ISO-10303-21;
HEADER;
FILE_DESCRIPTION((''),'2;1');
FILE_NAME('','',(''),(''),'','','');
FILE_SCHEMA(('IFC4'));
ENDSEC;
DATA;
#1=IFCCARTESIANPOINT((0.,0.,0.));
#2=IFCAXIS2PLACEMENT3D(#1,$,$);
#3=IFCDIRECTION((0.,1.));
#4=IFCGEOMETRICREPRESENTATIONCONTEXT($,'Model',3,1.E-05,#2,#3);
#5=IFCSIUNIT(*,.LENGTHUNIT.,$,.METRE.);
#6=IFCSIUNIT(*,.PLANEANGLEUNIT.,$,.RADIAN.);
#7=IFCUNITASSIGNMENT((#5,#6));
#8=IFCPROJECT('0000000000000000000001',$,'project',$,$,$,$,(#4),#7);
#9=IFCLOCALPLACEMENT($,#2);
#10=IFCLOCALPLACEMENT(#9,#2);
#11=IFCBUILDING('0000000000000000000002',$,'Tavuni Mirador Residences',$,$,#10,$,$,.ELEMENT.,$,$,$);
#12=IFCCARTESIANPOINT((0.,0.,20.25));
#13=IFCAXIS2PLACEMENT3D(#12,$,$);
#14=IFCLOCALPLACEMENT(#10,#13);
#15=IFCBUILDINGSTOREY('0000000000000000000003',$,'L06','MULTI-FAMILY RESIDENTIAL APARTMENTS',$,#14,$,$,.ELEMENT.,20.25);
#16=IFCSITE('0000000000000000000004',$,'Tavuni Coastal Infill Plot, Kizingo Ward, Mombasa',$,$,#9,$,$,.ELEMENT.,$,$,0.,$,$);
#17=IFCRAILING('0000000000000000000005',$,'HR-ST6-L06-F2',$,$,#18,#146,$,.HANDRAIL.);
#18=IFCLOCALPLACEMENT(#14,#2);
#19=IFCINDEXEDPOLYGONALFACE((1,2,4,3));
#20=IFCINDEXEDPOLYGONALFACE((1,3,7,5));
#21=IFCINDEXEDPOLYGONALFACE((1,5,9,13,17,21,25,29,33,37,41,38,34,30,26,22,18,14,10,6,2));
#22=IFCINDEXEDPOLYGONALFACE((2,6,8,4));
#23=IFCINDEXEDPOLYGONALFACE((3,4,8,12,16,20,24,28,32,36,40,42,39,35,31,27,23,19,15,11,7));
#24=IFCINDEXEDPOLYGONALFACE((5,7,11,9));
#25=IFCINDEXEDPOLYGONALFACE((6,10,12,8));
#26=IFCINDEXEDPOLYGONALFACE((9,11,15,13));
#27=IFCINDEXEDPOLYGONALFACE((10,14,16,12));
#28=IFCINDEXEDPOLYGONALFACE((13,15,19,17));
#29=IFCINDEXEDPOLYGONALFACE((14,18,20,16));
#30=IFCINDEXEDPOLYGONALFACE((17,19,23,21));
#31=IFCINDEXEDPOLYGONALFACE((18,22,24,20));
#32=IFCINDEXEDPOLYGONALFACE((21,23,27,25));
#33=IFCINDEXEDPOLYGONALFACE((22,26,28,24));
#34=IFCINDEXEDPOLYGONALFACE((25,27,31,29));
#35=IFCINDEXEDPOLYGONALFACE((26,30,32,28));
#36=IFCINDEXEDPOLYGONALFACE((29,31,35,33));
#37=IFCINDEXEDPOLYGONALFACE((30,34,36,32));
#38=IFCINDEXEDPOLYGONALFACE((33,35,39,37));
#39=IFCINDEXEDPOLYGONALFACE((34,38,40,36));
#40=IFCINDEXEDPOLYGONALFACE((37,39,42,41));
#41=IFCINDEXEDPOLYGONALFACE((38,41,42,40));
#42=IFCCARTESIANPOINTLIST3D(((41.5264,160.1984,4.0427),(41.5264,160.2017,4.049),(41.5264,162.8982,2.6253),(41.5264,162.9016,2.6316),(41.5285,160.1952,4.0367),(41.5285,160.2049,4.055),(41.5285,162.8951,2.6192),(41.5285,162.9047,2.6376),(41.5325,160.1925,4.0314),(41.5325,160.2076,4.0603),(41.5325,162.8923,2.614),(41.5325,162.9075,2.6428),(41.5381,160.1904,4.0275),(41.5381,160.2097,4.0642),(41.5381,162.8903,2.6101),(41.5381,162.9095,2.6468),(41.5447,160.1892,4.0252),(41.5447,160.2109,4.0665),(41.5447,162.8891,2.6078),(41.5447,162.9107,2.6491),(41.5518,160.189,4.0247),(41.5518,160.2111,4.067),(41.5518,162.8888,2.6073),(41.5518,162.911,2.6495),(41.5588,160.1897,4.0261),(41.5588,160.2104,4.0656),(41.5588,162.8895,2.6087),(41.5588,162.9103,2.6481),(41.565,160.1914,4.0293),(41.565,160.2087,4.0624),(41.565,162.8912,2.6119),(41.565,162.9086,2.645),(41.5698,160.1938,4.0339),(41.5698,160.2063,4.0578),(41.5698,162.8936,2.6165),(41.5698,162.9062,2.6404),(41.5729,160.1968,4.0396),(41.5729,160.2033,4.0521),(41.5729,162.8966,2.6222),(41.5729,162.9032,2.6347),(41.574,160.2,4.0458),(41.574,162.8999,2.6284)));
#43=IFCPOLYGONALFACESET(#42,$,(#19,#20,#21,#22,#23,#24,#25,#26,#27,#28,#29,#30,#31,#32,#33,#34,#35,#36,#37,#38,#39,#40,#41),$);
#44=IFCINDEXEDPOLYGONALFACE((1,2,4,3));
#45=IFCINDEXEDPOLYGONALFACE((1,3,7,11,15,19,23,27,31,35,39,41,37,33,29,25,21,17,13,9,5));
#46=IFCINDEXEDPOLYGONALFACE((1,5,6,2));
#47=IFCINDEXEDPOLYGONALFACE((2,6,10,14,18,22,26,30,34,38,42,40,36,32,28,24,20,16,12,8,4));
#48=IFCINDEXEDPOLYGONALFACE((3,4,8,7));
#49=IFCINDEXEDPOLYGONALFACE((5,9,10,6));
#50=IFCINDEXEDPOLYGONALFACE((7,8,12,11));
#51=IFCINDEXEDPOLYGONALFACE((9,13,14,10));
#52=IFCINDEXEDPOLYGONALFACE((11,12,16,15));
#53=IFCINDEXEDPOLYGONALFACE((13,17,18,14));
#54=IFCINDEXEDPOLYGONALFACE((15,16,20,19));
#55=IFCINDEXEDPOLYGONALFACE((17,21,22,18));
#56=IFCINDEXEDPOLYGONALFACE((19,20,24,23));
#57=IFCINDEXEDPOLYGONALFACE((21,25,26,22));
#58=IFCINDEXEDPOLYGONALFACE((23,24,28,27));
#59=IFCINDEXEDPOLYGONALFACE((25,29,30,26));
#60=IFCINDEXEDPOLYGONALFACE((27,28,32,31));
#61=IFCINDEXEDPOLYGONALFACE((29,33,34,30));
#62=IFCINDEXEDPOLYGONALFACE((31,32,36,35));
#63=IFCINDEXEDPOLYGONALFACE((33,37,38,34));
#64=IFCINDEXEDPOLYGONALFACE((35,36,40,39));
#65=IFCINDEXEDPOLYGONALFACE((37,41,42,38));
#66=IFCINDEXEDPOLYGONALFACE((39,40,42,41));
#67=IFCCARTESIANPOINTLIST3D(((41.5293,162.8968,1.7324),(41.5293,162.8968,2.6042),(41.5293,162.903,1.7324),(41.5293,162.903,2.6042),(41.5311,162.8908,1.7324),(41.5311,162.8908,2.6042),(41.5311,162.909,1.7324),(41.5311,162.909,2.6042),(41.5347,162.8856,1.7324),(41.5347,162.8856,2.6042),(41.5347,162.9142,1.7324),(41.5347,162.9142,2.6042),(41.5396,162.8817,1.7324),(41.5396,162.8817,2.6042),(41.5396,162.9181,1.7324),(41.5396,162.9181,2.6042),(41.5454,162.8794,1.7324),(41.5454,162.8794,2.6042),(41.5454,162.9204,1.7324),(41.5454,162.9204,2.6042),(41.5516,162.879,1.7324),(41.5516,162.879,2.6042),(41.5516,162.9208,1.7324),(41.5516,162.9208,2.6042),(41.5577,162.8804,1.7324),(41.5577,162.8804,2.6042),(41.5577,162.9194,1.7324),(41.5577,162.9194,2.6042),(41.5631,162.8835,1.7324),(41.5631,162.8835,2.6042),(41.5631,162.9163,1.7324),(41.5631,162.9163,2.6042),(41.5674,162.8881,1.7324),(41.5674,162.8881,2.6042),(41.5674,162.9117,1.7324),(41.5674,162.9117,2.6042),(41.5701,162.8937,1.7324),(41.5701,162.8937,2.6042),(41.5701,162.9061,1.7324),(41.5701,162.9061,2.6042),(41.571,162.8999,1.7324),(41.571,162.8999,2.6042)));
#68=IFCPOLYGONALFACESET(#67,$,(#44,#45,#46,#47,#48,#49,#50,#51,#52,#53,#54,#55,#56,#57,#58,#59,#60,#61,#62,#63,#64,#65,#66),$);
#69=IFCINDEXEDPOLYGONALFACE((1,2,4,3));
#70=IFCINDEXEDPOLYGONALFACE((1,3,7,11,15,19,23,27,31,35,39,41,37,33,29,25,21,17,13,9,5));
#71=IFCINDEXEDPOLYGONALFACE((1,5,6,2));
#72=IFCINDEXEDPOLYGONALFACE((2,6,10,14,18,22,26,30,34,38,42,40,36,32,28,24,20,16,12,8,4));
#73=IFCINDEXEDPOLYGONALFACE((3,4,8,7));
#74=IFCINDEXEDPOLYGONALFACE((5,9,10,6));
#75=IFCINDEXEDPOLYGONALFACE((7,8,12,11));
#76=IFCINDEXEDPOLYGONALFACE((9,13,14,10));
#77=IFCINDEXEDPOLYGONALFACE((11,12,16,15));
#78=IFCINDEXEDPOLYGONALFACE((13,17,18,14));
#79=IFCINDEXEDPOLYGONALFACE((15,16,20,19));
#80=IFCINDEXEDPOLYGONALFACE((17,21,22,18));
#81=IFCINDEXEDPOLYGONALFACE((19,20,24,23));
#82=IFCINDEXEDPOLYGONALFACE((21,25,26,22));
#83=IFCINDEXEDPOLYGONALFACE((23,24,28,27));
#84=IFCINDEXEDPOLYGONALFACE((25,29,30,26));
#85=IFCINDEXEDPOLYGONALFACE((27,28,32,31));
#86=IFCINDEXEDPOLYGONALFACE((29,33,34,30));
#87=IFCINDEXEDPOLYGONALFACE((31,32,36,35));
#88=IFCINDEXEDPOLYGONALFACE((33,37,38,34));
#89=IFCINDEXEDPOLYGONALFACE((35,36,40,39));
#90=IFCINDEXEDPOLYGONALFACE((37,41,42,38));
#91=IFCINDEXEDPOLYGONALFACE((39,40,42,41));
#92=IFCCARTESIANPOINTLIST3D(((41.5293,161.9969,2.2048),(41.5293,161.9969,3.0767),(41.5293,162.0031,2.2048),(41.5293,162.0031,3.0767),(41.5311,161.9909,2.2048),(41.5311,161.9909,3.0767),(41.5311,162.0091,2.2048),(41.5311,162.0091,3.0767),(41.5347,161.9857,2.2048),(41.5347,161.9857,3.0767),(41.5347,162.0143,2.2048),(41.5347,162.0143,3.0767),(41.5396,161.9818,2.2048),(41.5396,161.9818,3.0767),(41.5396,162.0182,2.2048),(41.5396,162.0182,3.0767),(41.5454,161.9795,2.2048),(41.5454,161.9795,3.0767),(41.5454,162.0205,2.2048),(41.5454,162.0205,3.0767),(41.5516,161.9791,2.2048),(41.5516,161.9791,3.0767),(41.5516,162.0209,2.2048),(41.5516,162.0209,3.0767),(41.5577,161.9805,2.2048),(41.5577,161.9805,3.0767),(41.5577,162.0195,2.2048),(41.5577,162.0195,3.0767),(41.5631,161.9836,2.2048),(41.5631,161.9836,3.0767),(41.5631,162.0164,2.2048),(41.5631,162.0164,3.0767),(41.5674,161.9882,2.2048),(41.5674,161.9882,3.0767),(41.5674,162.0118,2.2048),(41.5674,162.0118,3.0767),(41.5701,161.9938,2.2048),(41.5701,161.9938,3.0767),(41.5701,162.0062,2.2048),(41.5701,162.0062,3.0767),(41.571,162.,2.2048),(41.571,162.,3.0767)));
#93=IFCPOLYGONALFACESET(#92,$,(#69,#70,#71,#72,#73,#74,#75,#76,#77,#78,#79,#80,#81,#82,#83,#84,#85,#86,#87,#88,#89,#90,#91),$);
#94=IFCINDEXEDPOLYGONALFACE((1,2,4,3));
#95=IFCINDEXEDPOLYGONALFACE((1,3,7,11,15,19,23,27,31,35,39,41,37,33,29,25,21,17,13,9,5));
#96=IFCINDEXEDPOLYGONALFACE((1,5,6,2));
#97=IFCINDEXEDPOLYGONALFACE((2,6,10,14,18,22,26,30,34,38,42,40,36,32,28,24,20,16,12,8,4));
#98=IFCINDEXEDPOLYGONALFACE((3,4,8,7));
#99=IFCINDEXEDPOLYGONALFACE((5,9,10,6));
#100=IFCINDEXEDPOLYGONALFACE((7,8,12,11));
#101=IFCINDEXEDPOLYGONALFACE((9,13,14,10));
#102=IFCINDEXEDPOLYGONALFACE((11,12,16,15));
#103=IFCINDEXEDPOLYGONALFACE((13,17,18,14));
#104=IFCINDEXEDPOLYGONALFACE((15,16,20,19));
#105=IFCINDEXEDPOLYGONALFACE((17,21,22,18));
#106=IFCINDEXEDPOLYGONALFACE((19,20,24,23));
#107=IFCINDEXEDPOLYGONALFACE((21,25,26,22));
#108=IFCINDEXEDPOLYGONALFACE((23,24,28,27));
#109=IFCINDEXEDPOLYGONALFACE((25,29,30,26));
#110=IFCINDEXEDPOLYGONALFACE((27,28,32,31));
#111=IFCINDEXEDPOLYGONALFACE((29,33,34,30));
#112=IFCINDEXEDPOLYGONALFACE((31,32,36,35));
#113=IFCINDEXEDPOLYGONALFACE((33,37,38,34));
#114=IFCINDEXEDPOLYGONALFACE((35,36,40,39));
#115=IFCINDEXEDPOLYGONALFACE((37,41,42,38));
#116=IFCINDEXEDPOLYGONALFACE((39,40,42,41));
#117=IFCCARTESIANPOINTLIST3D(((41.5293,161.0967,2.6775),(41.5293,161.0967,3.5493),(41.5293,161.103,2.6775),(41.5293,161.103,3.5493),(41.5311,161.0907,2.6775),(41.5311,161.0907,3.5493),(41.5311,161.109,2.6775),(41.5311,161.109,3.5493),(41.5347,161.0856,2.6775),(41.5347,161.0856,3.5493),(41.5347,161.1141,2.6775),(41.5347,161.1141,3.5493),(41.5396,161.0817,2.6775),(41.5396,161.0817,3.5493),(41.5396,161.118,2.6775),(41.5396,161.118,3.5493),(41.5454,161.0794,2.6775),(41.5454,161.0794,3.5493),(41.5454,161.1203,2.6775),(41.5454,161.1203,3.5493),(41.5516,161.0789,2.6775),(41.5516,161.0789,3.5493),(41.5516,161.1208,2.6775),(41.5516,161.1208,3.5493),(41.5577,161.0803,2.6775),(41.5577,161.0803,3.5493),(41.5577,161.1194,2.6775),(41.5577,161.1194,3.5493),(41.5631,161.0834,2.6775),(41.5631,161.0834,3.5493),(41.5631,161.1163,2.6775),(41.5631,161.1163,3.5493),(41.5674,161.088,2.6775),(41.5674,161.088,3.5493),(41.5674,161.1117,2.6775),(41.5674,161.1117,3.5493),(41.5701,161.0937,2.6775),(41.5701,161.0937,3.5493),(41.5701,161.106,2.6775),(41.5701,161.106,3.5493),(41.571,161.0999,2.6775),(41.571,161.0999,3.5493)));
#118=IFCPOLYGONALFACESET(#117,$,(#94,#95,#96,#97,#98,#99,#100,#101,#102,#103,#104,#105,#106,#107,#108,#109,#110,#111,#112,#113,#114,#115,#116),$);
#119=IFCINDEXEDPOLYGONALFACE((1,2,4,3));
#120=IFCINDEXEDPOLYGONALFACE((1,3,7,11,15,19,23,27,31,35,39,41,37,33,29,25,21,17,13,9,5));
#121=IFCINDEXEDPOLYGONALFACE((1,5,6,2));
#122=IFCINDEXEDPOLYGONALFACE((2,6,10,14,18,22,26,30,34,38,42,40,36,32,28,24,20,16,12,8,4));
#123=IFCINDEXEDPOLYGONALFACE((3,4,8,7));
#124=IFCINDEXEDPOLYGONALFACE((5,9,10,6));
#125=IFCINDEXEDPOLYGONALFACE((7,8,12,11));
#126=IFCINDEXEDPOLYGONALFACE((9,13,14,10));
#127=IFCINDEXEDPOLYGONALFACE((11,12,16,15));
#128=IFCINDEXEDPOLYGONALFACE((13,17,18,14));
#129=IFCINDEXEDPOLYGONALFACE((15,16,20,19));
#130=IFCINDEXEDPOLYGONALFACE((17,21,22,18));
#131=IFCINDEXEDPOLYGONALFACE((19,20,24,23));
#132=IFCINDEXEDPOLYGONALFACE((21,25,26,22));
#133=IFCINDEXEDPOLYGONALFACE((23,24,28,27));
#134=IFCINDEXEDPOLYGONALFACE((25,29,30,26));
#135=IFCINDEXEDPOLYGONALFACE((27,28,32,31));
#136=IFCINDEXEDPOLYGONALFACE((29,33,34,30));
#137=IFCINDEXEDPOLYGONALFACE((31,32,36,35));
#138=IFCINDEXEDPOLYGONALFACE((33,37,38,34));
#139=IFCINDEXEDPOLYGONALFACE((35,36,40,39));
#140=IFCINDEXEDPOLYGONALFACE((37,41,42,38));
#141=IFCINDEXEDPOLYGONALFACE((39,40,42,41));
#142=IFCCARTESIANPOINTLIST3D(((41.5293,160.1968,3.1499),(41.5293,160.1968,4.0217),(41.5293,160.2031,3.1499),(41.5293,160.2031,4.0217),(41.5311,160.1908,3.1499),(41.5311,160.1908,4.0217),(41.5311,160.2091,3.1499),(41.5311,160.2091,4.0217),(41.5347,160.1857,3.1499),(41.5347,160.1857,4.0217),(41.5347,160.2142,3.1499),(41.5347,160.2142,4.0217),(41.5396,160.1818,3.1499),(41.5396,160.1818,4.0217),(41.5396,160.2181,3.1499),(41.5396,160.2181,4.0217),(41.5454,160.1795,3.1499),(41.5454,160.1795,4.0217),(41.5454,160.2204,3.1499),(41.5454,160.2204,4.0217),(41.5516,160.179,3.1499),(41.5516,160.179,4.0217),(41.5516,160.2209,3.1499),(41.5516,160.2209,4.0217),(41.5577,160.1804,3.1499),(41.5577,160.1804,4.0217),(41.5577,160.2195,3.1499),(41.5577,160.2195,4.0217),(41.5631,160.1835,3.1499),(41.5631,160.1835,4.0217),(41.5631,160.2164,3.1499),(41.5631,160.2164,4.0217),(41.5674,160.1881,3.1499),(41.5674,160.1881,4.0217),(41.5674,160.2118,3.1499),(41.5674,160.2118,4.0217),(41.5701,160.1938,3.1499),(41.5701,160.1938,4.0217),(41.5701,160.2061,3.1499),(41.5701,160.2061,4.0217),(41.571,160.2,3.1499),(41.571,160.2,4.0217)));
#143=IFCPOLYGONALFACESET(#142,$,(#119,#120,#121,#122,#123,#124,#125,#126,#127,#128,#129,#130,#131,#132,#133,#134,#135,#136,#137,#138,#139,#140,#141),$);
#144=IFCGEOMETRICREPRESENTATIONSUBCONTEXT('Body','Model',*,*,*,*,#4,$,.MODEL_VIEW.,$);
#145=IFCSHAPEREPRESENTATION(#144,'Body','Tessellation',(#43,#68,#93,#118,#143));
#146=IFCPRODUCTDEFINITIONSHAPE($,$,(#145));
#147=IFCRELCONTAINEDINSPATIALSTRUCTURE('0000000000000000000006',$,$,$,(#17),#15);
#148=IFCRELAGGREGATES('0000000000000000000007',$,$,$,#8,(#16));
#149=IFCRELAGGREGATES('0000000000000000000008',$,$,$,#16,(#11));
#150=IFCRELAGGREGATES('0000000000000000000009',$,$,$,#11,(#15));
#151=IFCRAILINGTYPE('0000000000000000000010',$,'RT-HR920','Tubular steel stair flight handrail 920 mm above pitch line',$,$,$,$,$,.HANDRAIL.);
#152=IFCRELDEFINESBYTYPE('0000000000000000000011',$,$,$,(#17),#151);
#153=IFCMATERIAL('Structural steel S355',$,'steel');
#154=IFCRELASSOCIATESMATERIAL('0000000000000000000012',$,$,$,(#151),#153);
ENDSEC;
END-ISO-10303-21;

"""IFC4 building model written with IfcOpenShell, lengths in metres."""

from ifc_helpers import new_model, si_unit, direction, frame, origin, origin_2d, place, context, subcontext, project, spatial, circle, extrude, material, type_object, element, save


model = new_model("IFC4")

# Units and contexts
model_context = context("Model", 3, precision=1e-05, world=origin(), true_north=direction((0.0, 1.0)))
body_context = subcontext(model_context, "Body", "Model", "MODEL_VIEW")
ifc_project = project(units=[si_unit("LENGTHUNIT", "METRE"), si_unit("PLANEANGLEUNIT", "RADIAN")], contexts=[model_context])

# Site, building, storey
site_placement = place(None, origin())
site = spatial("IfcSite", under=ifc_project, at=site_placement, Name="Tavuni Coastal Infill Plot, Kizingo Ward, Mombasa", CompositionType="ELEMENT", RefElevation=0.0)
building_placement = place(site_placement, origin())
building = spatial("IfcBuilding", under=site, at=building_placement, Name="Tavuni Mirador Residences", CompositionType="ELEMENT")
storey_placement = place(building_placement, frame((0.0, 0.0, 20.25)))
storey = spatial("IfcBuildingStorey", under=building, at=storey_placement, Name="L06", Description="MULTI-FAMILY RESIDENTIAL APARTMENTS", CompositionType="ELEMENT", Elevation=20.25)

# Shared definitions
ifc_material_1 = material(Name="Structural steel S355", Category="steel")

# Railing
railing_type_1 = type_object("IfcRailingType", Name="RT-HR920", Description="Tubular steel stair flight handrail 920 mm above pitch line", PredefinedType="HANDRAIL", material=ifc_material_1)
railing_1_placement = place(storey_placement, frame((41.55, 162.8999, 1.7324)))
element("IfcRailing", 1, at=railing_1_placement, inside=storey, type_object=railing_type_1, Name="HR-ST6-L06-F2", PredefinedType="HANDRAIL", context=body_context, shape_type="SweptSolid", body=[
    extrude(circle(Radius=0.0239, at=origin_2d()), frame((0.0, 0.0, 0.896), z_axis=(0.0, -0.885397, 0.464835), x_axis=(1.0, 0.0, 0.0)), (0.0, 0.0, 1.0), 3.0493),
    extrude(circle(Radius=0.021, at=origin_2d()), origin(), (0.0, 0.0, 1.0), 0.8718),
    extrude(circle(Radius=0.021, at=origin_2d()), frame((0.0, -0.8999, 0.4724)), (0.0, 0.0, 1.0), 0.8718),
    extrude(circle(Radius=0.021, at=origin_2d()), frame((0.0, -1.8, 0.9451)), (0.0, 0.0, 1.0), 0.8718),
    extrude(circle(Radius=0.021, at=origin_2d()), frame((0.0, -2.7, 1.4175)), (0.0, 0.0, 1.0), 0.8718),
])

save(model, "model.ifc")
